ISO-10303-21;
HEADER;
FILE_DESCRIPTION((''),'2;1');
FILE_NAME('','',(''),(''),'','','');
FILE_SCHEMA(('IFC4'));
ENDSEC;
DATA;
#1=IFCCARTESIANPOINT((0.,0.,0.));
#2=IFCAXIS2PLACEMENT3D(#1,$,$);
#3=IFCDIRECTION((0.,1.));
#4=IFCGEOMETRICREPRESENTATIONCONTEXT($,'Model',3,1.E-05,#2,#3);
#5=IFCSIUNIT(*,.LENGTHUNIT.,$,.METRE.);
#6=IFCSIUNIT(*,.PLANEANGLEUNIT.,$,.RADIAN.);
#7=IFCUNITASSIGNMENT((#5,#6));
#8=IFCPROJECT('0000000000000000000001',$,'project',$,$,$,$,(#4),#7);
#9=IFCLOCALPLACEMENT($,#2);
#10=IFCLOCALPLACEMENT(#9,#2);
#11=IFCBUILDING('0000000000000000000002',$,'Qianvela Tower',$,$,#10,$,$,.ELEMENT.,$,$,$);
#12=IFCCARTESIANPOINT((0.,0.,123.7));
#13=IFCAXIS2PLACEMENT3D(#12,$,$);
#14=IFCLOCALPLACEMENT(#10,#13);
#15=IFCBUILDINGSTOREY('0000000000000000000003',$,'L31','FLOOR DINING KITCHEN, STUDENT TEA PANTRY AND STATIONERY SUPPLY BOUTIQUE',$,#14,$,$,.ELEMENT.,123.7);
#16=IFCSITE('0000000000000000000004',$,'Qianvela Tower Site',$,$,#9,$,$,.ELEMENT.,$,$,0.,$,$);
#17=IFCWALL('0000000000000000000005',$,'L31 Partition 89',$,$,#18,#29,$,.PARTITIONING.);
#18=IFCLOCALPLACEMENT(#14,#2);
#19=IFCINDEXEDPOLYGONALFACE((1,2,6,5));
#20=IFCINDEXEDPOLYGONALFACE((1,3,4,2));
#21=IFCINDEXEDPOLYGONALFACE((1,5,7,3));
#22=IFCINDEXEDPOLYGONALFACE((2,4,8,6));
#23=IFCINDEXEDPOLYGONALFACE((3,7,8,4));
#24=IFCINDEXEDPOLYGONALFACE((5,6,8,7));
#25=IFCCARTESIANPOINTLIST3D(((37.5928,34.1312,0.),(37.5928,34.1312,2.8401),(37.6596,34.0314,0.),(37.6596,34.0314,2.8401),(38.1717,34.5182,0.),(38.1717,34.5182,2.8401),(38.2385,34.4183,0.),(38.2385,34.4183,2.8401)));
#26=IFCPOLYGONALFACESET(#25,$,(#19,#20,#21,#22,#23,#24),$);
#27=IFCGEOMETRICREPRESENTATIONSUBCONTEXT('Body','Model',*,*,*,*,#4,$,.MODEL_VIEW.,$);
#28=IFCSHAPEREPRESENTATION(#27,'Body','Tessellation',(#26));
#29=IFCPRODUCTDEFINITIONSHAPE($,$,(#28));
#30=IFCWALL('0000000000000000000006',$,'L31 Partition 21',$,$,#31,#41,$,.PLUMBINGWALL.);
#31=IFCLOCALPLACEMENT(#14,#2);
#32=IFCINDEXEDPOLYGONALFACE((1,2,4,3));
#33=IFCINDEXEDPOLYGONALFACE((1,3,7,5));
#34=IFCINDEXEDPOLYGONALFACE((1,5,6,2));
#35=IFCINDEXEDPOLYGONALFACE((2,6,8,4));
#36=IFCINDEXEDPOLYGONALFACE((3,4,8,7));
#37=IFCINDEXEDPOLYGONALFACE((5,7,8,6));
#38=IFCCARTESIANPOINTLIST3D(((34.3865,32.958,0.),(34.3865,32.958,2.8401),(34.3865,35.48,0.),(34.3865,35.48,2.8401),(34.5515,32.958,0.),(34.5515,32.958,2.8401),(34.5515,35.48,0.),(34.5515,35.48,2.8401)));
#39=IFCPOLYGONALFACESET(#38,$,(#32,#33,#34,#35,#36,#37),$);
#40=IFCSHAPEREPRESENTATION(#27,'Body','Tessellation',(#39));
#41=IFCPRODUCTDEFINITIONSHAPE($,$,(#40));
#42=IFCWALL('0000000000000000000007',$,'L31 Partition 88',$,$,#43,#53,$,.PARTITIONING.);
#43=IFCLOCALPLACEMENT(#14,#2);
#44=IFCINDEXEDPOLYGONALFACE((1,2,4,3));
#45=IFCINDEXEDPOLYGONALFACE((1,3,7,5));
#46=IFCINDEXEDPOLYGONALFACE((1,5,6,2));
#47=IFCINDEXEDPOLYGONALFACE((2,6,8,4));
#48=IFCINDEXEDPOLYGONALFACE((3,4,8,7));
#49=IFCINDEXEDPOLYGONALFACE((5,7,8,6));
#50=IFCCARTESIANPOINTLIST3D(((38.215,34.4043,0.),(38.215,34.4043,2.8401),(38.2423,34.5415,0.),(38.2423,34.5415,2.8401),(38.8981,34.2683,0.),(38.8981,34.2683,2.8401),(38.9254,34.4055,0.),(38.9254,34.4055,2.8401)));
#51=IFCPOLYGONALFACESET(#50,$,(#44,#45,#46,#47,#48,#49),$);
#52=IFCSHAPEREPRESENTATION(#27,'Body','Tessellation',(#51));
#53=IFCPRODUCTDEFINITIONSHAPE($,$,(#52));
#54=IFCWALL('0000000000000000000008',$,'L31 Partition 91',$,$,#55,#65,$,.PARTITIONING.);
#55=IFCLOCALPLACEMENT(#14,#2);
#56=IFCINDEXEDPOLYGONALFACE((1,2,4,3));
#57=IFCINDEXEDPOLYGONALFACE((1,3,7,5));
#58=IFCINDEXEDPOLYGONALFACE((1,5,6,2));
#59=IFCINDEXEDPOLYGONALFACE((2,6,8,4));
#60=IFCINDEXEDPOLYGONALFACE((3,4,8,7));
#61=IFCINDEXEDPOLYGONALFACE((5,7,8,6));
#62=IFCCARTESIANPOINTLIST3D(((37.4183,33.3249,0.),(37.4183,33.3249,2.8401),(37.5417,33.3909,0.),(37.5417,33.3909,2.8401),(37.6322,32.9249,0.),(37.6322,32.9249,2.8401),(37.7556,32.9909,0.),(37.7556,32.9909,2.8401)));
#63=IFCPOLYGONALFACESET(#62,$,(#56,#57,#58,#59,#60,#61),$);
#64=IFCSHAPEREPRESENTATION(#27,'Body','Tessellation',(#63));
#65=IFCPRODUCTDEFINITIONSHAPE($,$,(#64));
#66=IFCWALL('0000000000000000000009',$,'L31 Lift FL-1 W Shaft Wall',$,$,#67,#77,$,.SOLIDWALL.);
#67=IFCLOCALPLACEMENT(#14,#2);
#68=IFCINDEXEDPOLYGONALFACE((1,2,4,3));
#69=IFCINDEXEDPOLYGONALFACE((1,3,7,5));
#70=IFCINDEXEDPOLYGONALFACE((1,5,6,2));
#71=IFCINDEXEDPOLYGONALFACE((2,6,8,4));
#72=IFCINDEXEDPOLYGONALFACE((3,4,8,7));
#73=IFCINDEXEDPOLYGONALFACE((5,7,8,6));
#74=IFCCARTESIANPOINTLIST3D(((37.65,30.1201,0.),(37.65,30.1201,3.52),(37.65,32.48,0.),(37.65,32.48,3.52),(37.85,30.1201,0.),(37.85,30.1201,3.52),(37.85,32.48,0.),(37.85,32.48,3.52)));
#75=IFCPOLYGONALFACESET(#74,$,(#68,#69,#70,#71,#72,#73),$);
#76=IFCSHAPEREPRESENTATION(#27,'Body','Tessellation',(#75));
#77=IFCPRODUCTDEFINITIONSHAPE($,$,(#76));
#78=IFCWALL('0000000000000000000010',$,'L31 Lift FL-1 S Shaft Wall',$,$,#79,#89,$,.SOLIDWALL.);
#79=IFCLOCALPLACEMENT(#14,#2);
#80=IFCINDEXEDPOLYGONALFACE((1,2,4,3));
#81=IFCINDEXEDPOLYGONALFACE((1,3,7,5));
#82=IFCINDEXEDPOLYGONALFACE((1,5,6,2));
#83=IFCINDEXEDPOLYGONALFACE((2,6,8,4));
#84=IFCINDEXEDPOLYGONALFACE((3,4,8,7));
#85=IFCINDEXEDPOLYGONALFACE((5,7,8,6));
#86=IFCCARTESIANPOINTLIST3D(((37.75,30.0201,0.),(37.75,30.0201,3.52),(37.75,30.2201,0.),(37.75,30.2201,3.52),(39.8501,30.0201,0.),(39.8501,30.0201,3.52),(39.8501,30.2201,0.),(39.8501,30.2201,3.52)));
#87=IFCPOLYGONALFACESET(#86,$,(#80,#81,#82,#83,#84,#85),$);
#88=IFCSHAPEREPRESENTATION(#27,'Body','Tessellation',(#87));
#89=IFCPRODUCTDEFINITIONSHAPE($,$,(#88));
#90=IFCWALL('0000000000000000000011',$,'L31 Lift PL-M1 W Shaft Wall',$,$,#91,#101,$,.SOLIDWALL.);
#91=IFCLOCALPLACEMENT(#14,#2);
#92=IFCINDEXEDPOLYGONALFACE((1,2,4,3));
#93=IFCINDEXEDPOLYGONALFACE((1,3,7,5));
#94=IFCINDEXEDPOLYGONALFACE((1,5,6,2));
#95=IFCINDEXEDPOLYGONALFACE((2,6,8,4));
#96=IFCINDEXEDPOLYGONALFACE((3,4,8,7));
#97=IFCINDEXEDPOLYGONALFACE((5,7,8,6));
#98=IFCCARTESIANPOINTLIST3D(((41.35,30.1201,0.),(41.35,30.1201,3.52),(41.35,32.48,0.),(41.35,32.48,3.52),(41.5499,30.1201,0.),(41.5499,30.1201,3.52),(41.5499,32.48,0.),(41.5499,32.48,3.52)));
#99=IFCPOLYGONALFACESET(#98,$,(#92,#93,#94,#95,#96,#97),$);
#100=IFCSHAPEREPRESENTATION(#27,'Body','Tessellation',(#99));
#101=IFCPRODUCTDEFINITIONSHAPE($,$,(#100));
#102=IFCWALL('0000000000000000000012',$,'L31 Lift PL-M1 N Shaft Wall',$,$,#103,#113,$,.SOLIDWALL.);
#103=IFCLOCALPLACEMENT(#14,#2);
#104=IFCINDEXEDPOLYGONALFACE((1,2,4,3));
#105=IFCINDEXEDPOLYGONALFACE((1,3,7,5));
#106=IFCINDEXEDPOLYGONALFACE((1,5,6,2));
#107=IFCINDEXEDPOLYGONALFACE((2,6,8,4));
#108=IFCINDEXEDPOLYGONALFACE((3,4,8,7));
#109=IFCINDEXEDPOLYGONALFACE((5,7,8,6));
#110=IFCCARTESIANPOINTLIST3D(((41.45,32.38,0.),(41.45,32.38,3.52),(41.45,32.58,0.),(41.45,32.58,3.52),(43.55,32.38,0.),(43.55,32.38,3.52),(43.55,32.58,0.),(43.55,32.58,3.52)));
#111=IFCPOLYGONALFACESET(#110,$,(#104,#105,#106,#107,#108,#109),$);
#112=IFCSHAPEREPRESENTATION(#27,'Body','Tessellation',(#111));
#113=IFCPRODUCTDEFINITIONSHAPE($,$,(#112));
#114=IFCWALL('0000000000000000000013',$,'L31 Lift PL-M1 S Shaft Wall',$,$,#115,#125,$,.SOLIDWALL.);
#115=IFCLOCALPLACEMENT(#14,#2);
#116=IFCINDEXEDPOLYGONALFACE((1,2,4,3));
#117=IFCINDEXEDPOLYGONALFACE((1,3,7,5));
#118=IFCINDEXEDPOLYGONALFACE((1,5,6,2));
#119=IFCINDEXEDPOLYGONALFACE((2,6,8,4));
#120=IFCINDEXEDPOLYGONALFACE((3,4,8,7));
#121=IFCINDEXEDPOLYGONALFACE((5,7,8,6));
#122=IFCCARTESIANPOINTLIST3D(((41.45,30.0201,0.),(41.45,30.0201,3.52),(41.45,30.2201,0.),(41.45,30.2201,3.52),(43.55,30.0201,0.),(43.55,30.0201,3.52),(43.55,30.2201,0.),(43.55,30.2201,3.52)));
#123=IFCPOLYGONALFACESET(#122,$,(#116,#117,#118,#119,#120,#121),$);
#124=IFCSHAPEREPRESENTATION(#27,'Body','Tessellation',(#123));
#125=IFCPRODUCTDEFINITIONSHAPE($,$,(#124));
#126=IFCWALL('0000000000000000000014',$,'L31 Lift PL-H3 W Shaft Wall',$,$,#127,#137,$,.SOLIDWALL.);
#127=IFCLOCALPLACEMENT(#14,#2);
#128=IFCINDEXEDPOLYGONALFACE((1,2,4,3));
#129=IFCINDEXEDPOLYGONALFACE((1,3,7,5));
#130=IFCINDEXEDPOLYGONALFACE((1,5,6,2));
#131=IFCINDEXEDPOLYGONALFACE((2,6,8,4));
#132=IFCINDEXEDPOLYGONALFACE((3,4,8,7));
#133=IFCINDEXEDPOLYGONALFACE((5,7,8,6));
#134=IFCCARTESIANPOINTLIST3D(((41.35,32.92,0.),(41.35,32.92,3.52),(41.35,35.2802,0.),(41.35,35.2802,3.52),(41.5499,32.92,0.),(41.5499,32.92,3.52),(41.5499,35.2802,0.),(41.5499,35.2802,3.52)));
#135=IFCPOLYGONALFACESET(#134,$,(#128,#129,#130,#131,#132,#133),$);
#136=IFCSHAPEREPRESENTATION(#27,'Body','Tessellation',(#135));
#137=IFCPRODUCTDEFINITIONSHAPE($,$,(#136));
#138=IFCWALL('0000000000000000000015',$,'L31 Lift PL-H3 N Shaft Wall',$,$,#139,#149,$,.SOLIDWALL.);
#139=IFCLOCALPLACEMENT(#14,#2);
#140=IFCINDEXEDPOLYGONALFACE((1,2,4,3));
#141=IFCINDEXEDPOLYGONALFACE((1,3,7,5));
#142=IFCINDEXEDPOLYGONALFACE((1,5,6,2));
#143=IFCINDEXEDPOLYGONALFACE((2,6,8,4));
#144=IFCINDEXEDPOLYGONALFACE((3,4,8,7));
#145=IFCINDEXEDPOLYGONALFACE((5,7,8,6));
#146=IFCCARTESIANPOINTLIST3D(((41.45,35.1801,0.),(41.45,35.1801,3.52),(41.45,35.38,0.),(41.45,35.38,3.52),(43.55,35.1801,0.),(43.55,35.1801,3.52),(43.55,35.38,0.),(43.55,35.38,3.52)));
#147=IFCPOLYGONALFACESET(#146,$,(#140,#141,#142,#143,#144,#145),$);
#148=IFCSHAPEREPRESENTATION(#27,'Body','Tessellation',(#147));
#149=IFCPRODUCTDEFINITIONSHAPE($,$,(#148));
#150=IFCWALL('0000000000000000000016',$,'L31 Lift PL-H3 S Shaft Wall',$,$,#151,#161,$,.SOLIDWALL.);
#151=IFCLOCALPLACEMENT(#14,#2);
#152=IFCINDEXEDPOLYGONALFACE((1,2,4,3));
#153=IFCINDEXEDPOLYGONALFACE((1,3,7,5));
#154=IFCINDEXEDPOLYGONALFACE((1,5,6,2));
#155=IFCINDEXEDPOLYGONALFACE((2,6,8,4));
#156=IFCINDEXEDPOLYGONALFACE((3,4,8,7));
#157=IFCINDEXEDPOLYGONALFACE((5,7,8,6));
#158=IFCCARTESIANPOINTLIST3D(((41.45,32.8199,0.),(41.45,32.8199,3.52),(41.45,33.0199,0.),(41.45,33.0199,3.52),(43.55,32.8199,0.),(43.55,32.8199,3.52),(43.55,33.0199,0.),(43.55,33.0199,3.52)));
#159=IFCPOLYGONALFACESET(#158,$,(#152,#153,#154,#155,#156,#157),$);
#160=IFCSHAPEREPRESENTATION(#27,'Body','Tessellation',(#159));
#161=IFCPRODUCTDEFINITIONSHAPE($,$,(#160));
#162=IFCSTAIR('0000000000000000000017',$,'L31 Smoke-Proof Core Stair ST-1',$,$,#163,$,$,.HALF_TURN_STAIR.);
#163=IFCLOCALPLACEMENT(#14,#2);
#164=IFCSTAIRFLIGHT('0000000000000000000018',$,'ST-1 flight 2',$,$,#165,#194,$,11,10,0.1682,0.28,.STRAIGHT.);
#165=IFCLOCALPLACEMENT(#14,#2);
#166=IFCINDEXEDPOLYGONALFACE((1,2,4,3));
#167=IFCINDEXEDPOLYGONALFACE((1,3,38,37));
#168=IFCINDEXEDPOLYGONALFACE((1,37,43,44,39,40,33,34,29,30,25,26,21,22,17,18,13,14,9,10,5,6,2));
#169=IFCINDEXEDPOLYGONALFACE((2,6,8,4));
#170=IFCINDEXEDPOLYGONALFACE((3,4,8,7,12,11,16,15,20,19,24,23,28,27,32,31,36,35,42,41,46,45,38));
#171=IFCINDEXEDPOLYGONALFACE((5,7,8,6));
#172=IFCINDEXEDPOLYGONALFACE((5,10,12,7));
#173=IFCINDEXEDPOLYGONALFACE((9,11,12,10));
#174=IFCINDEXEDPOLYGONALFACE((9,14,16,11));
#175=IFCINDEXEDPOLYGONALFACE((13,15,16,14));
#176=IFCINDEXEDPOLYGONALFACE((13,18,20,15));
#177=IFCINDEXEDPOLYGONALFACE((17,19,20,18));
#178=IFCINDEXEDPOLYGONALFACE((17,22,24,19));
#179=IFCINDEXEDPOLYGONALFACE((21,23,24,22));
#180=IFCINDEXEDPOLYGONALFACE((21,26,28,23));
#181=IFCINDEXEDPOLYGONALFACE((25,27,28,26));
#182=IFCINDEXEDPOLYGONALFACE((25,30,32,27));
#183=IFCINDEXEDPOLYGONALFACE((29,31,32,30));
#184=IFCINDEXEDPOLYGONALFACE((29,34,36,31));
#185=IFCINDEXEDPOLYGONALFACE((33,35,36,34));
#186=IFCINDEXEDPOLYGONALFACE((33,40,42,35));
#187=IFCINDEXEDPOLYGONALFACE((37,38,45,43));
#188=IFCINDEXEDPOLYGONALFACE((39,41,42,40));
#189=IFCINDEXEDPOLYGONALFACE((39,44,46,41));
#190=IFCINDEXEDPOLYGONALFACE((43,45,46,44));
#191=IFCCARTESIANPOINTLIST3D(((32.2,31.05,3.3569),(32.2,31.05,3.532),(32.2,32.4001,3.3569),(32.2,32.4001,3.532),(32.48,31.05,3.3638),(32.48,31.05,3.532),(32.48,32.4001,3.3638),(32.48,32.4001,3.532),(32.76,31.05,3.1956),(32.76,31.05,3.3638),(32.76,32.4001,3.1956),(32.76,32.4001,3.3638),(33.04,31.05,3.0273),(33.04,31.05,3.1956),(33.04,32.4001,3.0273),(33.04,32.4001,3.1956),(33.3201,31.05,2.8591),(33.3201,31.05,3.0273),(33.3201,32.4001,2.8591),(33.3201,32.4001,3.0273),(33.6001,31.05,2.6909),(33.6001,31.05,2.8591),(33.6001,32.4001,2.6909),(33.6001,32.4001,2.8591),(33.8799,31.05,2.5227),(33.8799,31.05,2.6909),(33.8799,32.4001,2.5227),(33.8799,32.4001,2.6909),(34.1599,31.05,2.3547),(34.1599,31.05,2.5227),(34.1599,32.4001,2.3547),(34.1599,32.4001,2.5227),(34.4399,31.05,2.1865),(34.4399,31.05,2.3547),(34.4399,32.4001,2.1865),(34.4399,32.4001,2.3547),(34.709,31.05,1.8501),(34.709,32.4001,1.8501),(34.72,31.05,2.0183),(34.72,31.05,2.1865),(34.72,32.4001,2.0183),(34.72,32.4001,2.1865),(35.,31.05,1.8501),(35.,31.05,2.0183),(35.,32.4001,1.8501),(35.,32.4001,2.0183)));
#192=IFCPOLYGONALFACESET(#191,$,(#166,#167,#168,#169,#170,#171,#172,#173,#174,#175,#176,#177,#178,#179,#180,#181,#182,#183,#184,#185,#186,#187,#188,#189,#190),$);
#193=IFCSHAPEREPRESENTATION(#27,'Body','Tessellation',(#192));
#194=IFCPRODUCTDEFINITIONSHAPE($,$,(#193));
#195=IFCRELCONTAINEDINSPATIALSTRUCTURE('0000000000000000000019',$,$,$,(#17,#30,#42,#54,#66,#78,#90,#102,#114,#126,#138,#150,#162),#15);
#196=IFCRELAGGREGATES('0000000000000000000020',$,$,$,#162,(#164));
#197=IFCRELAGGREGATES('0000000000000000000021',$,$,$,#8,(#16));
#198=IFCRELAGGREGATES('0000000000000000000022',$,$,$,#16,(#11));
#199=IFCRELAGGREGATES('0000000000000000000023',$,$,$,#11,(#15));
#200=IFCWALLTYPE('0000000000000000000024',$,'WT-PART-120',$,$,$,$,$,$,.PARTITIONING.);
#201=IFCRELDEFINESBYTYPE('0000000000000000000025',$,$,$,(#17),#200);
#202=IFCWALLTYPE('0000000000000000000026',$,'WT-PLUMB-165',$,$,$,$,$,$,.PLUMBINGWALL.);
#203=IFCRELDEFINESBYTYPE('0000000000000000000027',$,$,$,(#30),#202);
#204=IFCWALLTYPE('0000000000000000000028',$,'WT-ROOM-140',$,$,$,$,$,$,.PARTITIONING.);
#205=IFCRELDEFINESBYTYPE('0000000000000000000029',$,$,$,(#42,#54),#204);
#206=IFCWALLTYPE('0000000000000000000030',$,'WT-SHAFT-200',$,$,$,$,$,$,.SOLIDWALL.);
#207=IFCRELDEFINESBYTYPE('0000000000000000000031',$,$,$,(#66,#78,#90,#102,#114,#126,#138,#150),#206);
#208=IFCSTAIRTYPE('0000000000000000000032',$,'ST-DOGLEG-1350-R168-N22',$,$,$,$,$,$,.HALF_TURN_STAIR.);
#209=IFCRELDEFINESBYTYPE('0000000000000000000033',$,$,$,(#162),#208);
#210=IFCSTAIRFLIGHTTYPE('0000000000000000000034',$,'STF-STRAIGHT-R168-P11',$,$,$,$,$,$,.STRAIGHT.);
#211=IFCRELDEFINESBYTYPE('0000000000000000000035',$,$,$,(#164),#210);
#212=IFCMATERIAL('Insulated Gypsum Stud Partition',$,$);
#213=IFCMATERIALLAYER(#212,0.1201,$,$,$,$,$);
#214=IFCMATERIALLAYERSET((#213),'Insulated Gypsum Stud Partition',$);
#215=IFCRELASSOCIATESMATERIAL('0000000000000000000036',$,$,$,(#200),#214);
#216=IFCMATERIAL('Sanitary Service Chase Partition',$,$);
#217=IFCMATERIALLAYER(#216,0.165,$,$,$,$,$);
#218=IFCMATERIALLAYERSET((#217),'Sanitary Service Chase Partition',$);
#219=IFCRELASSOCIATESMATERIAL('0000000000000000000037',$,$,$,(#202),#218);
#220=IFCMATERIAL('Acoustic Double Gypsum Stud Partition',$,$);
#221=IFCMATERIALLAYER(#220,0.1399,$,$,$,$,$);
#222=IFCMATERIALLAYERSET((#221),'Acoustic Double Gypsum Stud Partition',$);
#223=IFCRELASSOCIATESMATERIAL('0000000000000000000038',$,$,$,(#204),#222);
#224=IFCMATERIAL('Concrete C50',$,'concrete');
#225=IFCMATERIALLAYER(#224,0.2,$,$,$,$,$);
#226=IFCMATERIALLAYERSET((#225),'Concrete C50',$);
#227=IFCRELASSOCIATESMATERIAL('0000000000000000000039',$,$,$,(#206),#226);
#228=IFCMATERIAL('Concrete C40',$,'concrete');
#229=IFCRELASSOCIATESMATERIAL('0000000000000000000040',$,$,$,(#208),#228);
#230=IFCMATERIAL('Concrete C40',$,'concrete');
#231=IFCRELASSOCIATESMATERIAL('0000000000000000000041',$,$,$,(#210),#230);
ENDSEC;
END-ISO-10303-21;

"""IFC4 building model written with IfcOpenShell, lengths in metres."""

from ifc_helpers import new_model, si_unit, direction, frame, frame_2d, origin, place, context, subcontext, project, spatial, polyline, rectangle, outline, extrude, material, layer, layer_set, type_object, element, aggregate, save


model = new_model("IFC4")

# Units and contexts
model_context = context("Model", 3, precision=1e-05, world=origin(), true_north=direction((0.0, 1.0)))
body_context = subcontext(model_context, "Body", "Model", "MODEL_VIEW")
ifc_project = project(units=[si_unit("LENGTHUNIT", "METRE"), si_unit("PLANEANGLEUNIT", "RADIAN")], contexts=[model_context])

# Site, building, storey
site_placement = place(None, origin())
site = spatial("IfcSite", under=ifc_project, at=site_placement, Name="Qianvela Tower Site", CompositionType="ELEMENT", RefElevation=0.0)
building_placement = place(site_placement, origin())
building = spatial("IfcBuilding", under=site, at=building_placement, Name="Qianvela Tower", CompositionType="ELEMENT")
storey_placement = place(building_placement, frame((0.0, 0.0, 123.7)))
storey = spatial("IfcBuildingStorey", under=building, at=storey_placement, Name="L31", Description="FLOOR DINING KITCHEN, STUDENT TEA PANTRY AND STATIONERY SUPPLY BOUTIQUE", CompositionType="ELEMENT", Elevation=123.7)

# Walls
ifc_material_1 = material(Name="Insulated Gypsum Stud Partition")
ifc_layer_1 = layer(ifc_material_1, 0.1201)
ifc_layer_set_1 = layer_set([ifc_layer_1], Name="Insulated Gypsum Stud Partition")
wall_type_1 = type_object("IfcWallType", Name="WT-PART-120", PredefinedType="PARTITIONING", material=ifc_layer_set_1)
wall_1_placement = place(storey_placement, frame((38.2051, 34.4683, 0.0), z_axis=(0.0, 0.0, 1.0), x_axis=(-0.831348, -0.555752, 0.0)))
element("IfcWall", 1, at=wall_1_placement, inside=storey, type_object=wall_type_1, Name="L31 Partition 89", PredefinedType="PARTITIONING", context=body_context, shape_type="SweptSolid", body=[
    extrude(rectangle(XDim=0.6963, YDim=0.1201, at=frame_2d((0.3481, 0.0))), origin(), (0.0, 0.0, 1.0), 2.8401),
])
ifc_material_2 = material(Name="Sanitary Service Chase Partition")
ifc_layer_2 = layer(ifc_material_2, 0.165)
ifc_layer_set_2 = layer_set([ifc_layer_2], Name="Sanitary Service Chase Partition")
wall_type_2 = type_object("IfcWallType", Name="WT-PLUMB-165", PredefinedType="PLUMBINGWALL", material=ifc_layer_set_2)
wall_2_placement = place(storey_placement, frame((34.469, 35.48, 0.0), z_axis=(0.0, 0.0, 1.0), x_axis=(0.0, -1.0, 0.0)))
element("IfcWall", 2, at=wall_2_placement, inside=storey, type_object=wall_type_2, Name="L31 Partition 21", PredefinedType="PLUMBINGWALL", context=body_context, shape_type="SweptSolid", body=[
    extrude(rectangle(XDim=2.522, YDim=0.165, at=frame_2d((1.261, 0.0))), origin(), (0.0, 0.0, 1.0), 2.8401),
])
ifc_material_3 = material(Name="Acoustic Double Gypsum Stud Partition")
ifc_layer_3 = layer(ifc_material_3, 0.1399)
ifc_layer_set_3 = layer_set([ifc_layer_3], Name="Acoustic Double Gypsum Stud Partition")
wall_type_3 = type_object("IfcWallType", Name="WT-ROOM-140", PredefinedType="PARTITIONING", material=ifc_layer_set_3)
wall_3_placement = place(storey_placement, frame((38.9116, 34.3369, 0.0), z_axis=(0.0, 0.0, 1.0), x_axis=(-0.980756, 0.19524, 0.0)))
element("IfcWall", 3, at=wall_3_placement, inside=storey, type_object=wall_type_3, Name="L31 Partition 88", PredefinedType="PARTITIONING", context=body_context, shape_type="SweptSolid", body=[
    extrude(rectangle(XDim=0.6965, YDim=0.1399, at=frame_2d((0.3481, 0.0))), origin(), (0.0, 0.0, 1.0), 2.8401),
])
wall_4_placement = place(storey_placement, frame((37.48, 33.3579, 0.0), z_axis=(0.0, 0.0, 1.0), x_axis=(0.471594, -0.881816, 0.0)))
element("IfcWall", 4, at=wall_4_placement, inside=storey, type_object=wall_type_3, Name="L31 Partition 91", PredefinedType="PARTITIONING", context=body_context, shape_type="SweptSolid", body=[
    extrude(rectangle(XDim=0.4536, YDim=0.1399, at=frame_2d((0.2268, 0.0))), origin(), (0.0, 0.0, 1.0), 2.8401),
])

# Shared definitions
ifc_material_4 = material(Name="Concrete C50", Category="concrete")
ifc_layer_4 = layer(ifc_material_4, 0.2)
ifc_layer_set_4 = layer_set([ifc_layer_4], Name="Concrete C50")
wall_type_4 = type_object("IfcWallType", Name="WT-SHAFT-200", PredefinedType="SOLIDWALL", material=ifc_layer_set_4)

# Walls
wall_5_placement = place(storey_placement, frame((37.75, 30.1201, 0.0), z_axis=(0.0, 0.0, 1.0), x_axis=(0.0, 1.0, 0.0)))
element("IfcWall", 5, at=wall_5_placement, inside=storey, type_object=wall_type_4, Name="L31 Lift FL-1 W Shaft Wall", PredefinedType="SOLIDWALL", context=body_context, shape_type="SweptSolid", body=[
    extrude(rectangle(XDim=2.3599, YDim=0.2, at=frame_2d((1.1799, 0.0))), origin(), (0.0, 0.0, 1.0), 3.52),
])
wall_6_placement = place(storey_placement, frame((37.75, 30.1201, 0.0), z_axis=(0.0, 0.0, 1.0), x_axis=(1.0, 0.0, 0.0)))
element("IfcWall", 6, at=wall_6_placement, inside=storey, type_object=wall_type_4, Name="L31 Lift FL-1 S Shaft Wall", PredefinedType="SOLIDWALL", context=body_context, shape_type="SweptSolid", body=[
    extrude(rectangle(XDim=2.1001, YDim=0.2, at=frame_2d((1.05, 0.0))), origin(), (0.0, 0.0, 1.0), 3.52),
])
wall_7_placement = place(storey_placement, frame((41.45, 30.1201, 0.0), z_axis=(0.0, 0.0, 1.0), x_axis=(0.0, 1.0, 0.0)))
element("IfcWall", 7, at=wall_7_placement, inside=storey, type_object=wall_type_4, Name="L31 Lift PL-M1 W Shaft Wall", PredefinedType="SOLIDWALL", context=body_context, shape_type="SweptSolid", body=[
    extrude(rectangle(XDim=2.3599, YDim=0.2, at=frame_2d((1.1799, 0.0))), origin(), (0.0, 0.0, 1.0), 3.52),
])
for number, where, z_axis, x_axis, name in (
    (8, (41.45, 32.48, 0.0), (0.0, 0.0, 1.0), (1.0, 0.0, 0.0), "L31 Lift PL-M1 N Shaft Wall"),
    (9, (41.45, 30.1201, 0.0), (0.0, 0.0, 1.0), (1.0, 0.0, 0.0), "L31 Lift PL-M1 S Shaft Wall"),
):
    element("IfcWall", number, at=place(storey_placement, frame(where, z_axis=z_axis, x_axis=x_axis)), inside=storey, type_object=wall_type_4, Name=name, PredefinedType="SOLIDWALL", context=body_context, shape_type="SweptSolid", body=[
        extrude(rectangle(XDim=2.1001, YDim=0.2, at=frame_2d((1.05, 0.0))), origin(), (0.0, 0.0, 1.0), 3.52),
    ])
wall_8_placement = place(storey_placement, frame((41.45, 32.9199, 0.0), z_axis=(0.0, 0.0, 1.0), x_axis=(0.0, 1.0, 0.0)))
element("IfcWall", 10, at=wall_8_placement, inside=storey, type_object=wall_type_4, Name="L31 Lift PL-H3 W Shaft Wall", PredefinedType="SOLIDWALL", context=body_context, shape_type="SweptSolid", body=[
    extrude(rectangle(XDim=2.3601, YDim=0.2, at=frame_2d((1.1802, 0.0))), origin(), (0.0, 0.0, 1.0), 3.52),
])
for number, where, z_axis, x_axis, name in (
    (11, (41.45, 35.28, 0.0), (0.0, 0.0, 1.0), (1.0, 0.0, 0.0), "L31 Lift PL-H3 N Shaft Wall"),
    (12, (41.45, 32.9199, 0.0), (0.0, 0.0, 1.0), (1.0, 0.0, 0.0), "L31 Lift PL-H3 S Shaft Wall"),
):
    element("IfcWall", number, at=place(storey_placement, frame(where, z_axis=z_axis, x_axis=x_axis)), inside=storey, type_object=wall_type_4, Name=name, PredefinedType="SOLIDWALL", context=body_context, shape_type="SweptSolid", body=[
        extrude(rectangle(XDim=2.1001, YDim=0.2, at=frame_2d((1.05, 0.0))), origin(), (0.0, 0.0, 1.0), 3.52),
    ])

# Stair, stair flight
ifc_material_5 = material(Name="Concrete C40", Category="concrete")
stair_type = type_object("IfcStairType", Name="ST-DOGLEG-1350-R168-N22", PredefinedType="HALF_TURN_STAIR", material=ifc_material_5)
stair_placement = place(storey_placement, origin())
stair = element("IfcStair", 13, at=stair_placement, inside=storey, type_object=stair_type, Name="L31 Smoke-Proof Core Stair ST-1", PredefinedType="HALF_TURN_STAIR")
ifc_material_6 = material(Name="Concrete C40", Category="concrete")
stair_flight_type = type_object("IfcStairFlightType", Name="STF-STRAIGHT-R168-P11", PredefinedType="STRAIGHT", material=ifc_material_6)
stair_flight_placement = place(storey_placement, frame((35.0, 31.7251, 1.8501), z_axis=(0.0, 0.0, 1.0), x_axis=(-1.0, 0.0, 0.0)))
stair_flight = element("IfcStairFlight", 14, at=stair_flight_placement, type_object=stair_flight_type, Name="ST-1 flight 2", NumberOfRisers=11, NumberOfTreads=10, PredefinedType="STRAIGHT", RiserHeight=0.1682, TreadLength=0.28, context=body_context, shape_type="SweptSolid", body=[
    extrude(outline(polyline([(0.0, 0.0), (0.0, 0.1682), (0.28, 0.1682), (0.28, 0.3364), (0.5601, 0.3364), (0.5601, 0.5046), (0.8401, 0.5046), (0.8401, 0.6726), (1.1201, 0.6726), (1.1201, 0.8408), (1.3999, 0.8408), (1.3999, 1.009), (1.6799, 1.009), (1.6799, 1.1772), (1.96, 1.1772), (1.96, 1.3455), (2.24, 1.3455), (2.24, 1.5137), (2.52, 1.5137), (2.52, 1.6819), (2.8, 1.6819), (2.8, 1.8501), (2.8, 1.5068), (0.291, 0.0), (0.0, 0.0)])), frame((0.0, 0.675, 0.0), z_axis=(0.0, -1.0, 0.0), x_axis=(1.0, 0.0, 0.0)), (0.0, 0.0, 1.0), 1.3501),
])
aggregate(stair, [stair_flight])

save(model, "model.ifc")
